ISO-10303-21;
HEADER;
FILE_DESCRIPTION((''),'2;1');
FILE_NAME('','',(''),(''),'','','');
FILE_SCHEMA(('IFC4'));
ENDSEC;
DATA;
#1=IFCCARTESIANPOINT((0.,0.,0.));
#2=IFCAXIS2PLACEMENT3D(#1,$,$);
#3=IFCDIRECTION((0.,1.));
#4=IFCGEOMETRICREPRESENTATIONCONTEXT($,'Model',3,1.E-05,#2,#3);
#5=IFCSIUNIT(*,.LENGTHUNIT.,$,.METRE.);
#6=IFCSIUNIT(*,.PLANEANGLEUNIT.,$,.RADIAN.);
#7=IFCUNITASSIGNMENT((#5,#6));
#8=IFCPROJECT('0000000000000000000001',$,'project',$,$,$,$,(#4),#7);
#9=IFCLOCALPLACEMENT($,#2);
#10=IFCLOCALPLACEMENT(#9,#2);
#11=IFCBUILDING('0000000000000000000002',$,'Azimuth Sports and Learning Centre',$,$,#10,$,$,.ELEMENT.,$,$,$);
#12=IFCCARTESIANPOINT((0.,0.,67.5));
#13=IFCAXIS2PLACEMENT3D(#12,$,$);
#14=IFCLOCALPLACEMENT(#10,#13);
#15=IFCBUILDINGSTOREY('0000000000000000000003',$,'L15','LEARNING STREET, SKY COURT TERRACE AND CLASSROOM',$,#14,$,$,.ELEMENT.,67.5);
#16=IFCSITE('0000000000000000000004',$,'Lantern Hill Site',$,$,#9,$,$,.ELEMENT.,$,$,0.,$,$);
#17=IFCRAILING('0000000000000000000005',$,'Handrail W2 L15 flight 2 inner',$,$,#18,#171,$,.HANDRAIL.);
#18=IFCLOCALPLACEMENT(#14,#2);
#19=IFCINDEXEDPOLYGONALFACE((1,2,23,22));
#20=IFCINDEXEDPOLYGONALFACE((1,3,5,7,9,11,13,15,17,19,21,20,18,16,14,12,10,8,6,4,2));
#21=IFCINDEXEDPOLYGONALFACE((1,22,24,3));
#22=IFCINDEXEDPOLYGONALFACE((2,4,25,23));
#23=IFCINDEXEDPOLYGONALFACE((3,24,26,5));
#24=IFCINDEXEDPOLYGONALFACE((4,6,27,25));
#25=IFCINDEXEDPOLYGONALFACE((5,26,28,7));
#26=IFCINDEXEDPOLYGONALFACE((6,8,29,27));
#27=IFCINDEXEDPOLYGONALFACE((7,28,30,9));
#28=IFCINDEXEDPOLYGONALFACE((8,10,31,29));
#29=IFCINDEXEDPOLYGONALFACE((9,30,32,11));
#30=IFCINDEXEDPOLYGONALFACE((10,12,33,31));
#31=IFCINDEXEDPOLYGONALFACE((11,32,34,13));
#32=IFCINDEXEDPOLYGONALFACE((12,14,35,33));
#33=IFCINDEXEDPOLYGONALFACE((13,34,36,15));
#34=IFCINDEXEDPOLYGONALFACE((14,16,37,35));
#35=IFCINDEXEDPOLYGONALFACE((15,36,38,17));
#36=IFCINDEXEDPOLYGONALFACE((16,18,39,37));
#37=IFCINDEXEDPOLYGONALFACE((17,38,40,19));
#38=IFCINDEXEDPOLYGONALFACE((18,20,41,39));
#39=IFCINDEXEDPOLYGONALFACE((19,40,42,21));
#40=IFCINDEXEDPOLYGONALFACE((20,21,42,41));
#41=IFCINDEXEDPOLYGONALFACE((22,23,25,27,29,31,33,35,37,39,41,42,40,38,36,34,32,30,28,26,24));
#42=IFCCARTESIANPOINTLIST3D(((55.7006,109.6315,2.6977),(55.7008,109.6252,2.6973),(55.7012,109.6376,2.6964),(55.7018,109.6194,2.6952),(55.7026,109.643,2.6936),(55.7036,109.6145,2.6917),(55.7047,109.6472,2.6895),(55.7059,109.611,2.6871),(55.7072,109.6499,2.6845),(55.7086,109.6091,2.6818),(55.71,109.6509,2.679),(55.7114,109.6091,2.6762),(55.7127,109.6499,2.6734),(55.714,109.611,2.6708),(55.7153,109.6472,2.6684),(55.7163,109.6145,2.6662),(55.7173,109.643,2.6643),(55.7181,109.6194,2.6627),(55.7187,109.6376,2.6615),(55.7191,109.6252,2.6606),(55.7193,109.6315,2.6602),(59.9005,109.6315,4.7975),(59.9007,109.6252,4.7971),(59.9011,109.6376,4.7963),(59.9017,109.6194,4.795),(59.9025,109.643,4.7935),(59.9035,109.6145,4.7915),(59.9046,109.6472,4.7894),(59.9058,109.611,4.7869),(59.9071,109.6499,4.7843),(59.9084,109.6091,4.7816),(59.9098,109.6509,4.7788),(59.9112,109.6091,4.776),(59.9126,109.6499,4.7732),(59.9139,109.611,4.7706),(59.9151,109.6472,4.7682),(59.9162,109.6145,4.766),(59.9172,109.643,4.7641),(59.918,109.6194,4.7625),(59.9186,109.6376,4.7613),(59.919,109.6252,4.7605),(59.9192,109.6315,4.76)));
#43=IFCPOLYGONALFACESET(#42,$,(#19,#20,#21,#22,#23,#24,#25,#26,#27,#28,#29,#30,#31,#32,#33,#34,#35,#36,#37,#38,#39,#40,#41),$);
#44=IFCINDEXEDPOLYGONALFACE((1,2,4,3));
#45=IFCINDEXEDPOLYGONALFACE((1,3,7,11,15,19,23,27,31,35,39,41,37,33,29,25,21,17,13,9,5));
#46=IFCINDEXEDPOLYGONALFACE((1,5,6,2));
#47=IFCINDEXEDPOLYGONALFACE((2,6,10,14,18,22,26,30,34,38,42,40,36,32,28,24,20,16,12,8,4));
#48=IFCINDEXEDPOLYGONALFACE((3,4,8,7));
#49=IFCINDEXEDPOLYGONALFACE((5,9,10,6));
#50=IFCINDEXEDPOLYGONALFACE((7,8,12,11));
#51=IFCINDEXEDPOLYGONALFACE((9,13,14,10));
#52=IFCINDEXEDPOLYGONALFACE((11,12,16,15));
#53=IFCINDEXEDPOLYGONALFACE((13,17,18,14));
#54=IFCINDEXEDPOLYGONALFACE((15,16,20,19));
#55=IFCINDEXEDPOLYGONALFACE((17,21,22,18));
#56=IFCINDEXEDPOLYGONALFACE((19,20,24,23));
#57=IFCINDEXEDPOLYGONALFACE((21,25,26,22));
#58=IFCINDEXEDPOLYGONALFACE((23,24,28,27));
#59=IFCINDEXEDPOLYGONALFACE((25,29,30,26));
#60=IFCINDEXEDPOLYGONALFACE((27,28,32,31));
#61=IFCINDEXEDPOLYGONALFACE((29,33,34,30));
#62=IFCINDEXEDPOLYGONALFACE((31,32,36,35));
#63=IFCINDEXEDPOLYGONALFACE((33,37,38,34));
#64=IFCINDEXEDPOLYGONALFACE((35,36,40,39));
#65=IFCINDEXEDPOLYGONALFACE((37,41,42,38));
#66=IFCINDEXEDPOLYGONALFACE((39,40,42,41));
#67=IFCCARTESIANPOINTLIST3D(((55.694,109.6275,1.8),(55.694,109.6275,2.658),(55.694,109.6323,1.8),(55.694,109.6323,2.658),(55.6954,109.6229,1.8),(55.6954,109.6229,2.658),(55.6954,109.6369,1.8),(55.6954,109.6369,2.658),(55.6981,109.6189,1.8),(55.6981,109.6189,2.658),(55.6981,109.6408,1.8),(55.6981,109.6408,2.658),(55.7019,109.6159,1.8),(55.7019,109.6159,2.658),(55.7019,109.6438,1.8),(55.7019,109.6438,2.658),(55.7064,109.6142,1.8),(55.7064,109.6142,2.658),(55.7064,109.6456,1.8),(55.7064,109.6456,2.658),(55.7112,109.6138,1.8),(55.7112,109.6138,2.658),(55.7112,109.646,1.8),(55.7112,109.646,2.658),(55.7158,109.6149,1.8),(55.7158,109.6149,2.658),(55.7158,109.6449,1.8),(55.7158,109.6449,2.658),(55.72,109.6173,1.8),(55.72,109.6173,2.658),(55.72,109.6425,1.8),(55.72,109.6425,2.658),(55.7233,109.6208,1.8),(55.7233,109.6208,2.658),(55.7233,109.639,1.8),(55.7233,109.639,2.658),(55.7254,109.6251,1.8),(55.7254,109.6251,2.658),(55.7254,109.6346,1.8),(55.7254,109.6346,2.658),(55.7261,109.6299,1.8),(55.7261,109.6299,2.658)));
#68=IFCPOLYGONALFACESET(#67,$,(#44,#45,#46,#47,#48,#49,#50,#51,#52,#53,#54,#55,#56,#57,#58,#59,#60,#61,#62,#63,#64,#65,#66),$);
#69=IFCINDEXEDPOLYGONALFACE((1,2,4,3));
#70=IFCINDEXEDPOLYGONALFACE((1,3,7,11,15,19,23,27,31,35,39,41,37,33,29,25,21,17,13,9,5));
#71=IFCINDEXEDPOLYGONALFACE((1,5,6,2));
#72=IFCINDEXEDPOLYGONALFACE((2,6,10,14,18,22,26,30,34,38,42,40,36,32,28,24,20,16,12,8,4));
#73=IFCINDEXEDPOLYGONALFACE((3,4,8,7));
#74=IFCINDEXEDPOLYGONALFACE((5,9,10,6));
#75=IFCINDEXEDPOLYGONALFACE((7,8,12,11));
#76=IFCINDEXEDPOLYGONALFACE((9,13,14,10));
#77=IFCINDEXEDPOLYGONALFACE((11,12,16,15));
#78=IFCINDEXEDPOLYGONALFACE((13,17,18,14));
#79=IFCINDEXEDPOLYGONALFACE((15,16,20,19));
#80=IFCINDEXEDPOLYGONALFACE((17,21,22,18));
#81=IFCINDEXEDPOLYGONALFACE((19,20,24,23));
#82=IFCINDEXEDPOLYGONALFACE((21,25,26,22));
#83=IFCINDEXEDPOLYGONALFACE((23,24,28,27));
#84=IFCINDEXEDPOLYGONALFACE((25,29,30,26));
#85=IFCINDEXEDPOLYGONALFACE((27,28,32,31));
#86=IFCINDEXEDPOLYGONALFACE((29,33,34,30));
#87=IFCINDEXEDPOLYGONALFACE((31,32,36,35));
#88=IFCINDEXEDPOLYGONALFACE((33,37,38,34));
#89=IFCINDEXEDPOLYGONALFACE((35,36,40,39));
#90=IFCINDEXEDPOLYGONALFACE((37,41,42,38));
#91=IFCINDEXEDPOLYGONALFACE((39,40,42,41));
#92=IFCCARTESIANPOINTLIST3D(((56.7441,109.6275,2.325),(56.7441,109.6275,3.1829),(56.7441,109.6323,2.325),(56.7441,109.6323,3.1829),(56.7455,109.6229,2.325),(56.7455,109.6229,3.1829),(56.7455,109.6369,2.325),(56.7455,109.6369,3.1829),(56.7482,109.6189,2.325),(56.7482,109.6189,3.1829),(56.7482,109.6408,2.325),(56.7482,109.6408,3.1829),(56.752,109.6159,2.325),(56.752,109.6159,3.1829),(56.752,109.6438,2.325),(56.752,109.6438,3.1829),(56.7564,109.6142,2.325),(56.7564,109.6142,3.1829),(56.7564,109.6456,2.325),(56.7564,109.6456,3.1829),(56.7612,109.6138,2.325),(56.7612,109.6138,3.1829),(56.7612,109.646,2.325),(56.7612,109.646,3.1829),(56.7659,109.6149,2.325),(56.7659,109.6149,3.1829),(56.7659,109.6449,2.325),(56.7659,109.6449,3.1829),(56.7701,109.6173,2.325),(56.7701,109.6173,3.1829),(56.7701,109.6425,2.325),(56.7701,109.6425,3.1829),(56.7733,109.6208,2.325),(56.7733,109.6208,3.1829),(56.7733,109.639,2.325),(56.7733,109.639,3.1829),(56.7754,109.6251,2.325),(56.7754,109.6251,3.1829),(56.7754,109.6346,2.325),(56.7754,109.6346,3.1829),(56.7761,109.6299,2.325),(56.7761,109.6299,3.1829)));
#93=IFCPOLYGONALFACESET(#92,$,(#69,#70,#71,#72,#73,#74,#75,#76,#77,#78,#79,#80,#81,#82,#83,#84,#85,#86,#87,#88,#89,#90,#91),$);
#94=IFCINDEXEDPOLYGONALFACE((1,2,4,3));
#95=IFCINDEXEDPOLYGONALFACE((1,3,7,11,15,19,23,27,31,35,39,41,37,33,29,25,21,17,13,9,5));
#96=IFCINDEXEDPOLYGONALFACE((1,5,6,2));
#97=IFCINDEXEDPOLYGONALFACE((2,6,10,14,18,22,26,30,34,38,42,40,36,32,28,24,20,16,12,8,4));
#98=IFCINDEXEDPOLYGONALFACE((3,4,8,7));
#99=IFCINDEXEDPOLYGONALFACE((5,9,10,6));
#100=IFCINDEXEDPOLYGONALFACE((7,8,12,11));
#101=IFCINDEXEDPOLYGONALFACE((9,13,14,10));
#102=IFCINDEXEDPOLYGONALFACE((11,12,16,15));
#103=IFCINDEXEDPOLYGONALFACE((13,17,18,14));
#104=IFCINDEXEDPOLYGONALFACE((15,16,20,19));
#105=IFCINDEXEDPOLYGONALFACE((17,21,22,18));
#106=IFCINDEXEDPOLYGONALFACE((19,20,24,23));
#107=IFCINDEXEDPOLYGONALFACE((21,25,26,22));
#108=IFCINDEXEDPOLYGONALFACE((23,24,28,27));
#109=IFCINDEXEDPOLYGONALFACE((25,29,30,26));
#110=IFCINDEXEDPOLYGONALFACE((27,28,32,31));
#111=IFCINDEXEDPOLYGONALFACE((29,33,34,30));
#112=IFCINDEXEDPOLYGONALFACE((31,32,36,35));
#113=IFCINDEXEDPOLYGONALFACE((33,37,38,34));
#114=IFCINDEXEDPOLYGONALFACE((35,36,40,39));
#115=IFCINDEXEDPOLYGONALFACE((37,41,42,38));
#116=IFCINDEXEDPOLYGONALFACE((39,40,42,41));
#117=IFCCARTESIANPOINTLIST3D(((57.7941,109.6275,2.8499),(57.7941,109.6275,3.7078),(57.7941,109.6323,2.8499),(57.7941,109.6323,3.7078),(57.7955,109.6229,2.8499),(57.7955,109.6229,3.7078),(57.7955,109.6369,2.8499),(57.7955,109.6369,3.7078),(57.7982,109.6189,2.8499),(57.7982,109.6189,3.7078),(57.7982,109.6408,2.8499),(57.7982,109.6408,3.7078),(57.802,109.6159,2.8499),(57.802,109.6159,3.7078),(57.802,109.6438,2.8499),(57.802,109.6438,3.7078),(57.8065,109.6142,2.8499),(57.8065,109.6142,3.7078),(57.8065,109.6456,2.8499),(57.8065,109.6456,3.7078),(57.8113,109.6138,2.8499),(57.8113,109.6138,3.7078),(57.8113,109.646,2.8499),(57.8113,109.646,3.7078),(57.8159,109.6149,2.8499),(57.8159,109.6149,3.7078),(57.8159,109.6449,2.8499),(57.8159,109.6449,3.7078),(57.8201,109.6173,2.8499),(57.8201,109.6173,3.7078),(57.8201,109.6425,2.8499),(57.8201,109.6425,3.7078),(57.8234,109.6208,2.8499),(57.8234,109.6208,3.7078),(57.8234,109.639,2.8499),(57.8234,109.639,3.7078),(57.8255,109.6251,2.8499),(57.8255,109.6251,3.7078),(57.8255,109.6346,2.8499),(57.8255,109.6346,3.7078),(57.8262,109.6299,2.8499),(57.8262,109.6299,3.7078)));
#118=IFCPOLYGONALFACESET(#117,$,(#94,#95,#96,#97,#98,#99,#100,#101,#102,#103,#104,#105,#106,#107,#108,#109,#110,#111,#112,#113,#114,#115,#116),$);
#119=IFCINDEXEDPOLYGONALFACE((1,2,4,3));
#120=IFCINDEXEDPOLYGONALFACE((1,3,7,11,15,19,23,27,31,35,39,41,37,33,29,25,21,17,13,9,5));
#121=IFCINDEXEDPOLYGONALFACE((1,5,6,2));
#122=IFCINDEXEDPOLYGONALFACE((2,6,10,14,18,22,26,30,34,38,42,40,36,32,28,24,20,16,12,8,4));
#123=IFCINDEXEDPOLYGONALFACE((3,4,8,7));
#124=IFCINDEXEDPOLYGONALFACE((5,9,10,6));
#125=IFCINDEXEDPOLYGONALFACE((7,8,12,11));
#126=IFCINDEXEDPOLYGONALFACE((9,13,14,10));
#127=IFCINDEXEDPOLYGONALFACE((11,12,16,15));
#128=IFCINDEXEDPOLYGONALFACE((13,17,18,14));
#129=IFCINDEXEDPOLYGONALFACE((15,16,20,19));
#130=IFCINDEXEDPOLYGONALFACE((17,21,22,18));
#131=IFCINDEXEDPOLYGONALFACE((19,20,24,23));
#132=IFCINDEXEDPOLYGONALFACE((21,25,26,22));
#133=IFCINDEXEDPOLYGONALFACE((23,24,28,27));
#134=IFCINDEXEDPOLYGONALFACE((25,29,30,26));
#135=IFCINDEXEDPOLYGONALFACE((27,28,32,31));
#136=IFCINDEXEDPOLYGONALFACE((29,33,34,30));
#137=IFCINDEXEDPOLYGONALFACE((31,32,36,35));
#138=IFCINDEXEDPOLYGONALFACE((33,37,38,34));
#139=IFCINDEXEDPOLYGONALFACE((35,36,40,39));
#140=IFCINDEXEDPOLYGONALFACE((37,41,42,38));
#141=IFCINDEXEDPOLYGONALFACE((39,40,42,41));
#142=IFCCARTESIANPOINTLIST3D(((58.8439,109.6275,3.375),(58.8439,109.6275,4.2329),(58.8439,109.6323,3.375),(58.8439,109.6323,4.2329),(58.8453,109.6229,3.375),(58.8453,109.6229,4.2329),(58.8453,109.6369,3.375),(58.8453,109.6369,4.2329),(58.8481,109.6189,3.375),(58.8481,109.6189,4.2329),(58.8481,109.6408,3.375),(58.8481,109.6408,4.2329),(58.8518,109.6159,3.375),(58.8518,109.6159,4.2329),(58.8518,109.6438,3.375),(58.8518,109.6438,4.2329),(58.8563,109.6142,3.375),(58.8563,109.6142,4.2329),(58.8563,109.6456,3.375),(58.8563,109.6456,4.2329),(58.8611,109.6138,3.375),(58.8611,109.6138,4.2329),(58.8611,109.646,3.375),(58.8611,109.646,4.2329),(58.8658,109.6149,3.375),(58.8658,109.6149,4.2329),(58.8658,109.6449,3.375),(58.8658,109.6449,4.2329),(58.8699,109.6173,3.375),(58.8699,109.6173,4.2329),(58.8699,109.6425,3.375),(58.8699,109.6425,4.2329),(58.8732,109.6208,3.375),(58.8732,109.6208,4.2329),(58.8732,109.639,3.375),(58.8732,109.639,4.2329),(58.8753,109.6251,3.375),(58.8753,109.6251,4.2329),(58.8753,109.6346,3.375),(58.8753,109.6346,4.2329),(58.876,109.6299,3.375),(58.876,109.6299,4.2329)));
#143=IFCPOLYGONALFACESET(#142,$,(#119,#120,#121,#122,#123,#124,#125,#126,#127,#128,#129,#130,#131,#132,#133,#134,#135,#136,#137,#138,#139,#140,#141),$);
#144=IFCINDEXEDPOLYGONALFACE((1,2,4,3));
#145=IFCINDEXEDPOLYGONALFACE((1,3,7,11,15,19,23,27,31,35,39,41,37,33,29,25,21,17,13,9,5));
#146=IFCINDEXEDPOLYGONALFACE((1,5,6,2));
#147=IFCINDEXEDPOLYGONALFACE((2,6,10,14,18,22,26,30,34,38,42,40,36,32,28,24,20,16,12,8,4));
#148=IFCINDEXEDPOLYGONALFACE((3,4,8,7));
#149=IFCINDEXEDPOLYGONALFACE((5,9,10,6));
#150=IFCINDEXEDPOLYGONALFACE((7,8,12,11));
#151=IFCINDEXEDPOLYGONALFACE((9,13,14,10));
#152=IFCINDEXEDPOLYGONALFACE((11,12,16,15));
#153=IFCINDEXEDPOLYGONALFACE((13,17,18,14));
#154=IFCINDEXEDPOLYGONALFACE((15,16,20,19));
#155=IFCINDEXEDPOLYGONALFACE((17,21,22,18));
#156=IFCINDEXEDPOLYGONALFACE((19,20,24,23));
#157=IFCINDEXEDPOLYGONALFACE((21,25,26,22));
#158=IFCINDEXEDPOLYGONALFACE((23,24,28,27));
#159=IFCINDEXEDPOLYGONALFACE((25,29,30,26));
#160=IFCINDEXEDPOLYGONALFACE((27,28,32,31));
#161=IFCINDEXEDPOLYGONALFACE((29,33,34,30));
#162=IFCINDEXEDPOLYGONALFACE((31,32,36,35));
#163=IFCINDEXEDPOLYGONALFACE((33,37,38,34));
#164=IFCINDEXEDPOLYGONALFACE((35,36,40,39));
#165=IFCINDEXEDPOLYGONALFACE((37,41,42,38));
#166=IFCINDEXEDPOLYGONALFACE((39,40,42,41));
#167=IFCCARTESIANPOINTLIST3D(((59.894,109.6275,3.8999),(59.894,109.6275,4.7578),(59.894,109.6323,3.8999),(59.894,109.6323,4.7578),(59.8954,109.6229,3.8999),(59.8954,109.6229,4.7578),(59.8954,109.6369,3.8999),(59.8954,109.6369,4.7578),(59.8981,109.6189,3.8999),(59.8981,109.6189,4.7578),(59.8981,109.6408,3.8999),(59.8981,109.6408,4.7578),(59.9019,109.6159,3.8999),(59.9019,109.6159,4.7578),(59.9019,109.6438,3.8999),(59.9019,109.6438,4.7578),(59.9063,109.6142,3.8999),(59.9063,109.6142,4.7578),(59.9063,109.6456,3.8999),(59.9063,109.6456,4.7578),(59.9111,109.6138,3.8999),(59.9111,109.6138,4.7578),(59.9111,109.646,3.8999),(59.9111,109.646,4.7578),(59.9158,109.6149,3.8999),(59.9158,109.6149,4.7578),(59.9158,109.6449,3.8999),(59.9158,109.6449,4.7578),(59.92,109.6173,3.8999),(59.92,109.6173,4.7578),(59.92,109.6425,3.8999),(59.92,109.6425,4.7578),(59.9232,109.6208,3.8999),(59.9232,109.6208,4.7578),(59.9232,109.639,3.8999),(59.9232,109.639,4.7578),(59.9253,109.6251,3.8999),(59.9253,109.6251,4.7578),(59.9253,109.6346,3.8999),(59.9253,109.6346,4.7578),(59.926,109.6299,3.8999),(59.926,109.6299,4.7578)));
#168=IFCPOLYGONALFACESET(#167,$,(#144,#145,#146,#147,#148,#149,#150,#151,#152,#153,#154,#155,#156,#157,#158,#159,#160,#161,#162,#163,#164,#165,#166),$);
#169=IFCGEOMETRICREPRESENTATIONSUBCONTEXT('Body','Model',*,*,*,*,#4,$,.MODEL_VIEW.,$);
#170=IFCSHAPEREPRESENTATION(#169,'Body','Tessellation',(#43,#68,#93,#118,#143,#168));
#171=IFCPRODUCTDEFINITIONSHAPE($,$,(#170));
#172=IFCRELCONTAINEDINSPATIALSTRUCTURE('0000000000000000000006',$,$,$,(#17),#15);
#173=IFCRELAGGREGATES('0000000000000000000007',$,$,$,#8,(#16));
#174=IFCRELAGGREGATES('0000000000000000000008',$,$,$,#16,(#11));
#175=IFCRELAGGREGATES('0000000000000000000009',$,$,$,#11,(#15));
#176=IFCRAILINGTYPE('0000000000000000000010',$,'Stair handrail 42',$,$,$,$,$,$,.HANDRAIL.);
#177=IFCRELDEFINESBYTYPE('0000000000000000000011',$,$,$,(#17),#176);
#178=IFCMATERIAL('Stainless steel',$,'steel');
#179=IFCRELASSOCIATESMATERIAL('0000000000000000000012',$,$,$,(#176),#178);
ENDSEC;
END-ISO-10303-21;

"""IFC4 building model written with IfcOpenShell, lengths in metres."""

from ifc_helpers import new_model, si_unit, direction, frame, origin, origin_2d, place, context, subcontext, project, spatial, circle, extrude, material, type_object, element, save


model = new_model("IFC4")

# Units and contexts
model_context = context("Model", 3, precision=1e-05, world=origin(), true_north=direction((0.0, 1.0)))
body_context = subcontext(model_context, "Body", "Model", "MODEL_VIEW")
ifc_project = project(units=[si_unit("LENGTHUNIT", "METRE"), si_unit("PLANEANGLEUNIT", "RADIAN")], contexts=[model_context])

# Site, building, storey
site_placement = place(None, origin())
site = spatial("IfcSite", under=ifc_project, at=site_placement, Name="Lantern Hill Site", CompositionType="ELEMENT", RefElevation=0.0)
building_placement = place(site_placement, origin())
building = spatial("IfcBuilding", under=site, at=building_placement, Name="Azimuth Sports and Learning Centre", CompositionType="ELEMENT")
storey_placement = place(building_placement, frame((0.0, 0.0, 67.5)))
storey = spatial("IfcBuildingStorey", under=building, at=storey_placement, Name="L15", Description="LEARNING STREET, SKY COURT TERRACE AND CLASSROOM", CompositionType="ELEMENT", Elevation=67.5)

# Railing
ifc_material_1 = material(Name="Stainless steel", Category="steel")
railing_type_1 = type_object("IfcRailingType", Name="Stair handrail 42", PredefinedType="HANDRAIL", material=ifc_material_1)
railing_1_placement = place(storey_placement, frame((55.71, 109.6299, 1.8)))
element("IfcRailing", 1, at=railing_1_placement, inside=storey, type_object=railing_type_1, Name="Handrail W2 L15 flight 2 inner", PredefinedType="HANDRAIL", context=body_context, shape_type="SweptSolid", body=[
    extrude(circle(Radius=0.021, at=origin_2d()), frame((0.0, 0.0, 0.8789), z_axis=(0.894438, 0.0, 0.447193), x_axis=(0.0, 1.0, 0.0)), (0.0, 0.0, 1.0), 4.6956),
    extrude(circle(Radius=0.0161, at=origin_2d()), origin(), (0.0, 0.0, 1.0), 0.8579),
    extrude(circle(Radius=0.0161, at=origin_2d()), frame((1.05, 0.0, 0.5249)), (0.0, 0.0, 1.0), 0.8579),
    extrude(circle(Radius=0.0161, at=origin_2d()), frame((2.1001, 0.0, 1.0498)), (0.0, 0.0, 1.0), 0.8579),
    extrude(circle(Radius=0.0161, at=origin_2d()), frame((3.1499, 0.0, 1.575)), (0.0, 0.0, 1.0), 0.8579),
    extrude(circle(Radius=0.0161, at=origin_2d()), frame((4.2, 0.0, 2.0999)), (0.0, 0.0, 1.0), 0.8579),
])

save(model, "model.ifc")
